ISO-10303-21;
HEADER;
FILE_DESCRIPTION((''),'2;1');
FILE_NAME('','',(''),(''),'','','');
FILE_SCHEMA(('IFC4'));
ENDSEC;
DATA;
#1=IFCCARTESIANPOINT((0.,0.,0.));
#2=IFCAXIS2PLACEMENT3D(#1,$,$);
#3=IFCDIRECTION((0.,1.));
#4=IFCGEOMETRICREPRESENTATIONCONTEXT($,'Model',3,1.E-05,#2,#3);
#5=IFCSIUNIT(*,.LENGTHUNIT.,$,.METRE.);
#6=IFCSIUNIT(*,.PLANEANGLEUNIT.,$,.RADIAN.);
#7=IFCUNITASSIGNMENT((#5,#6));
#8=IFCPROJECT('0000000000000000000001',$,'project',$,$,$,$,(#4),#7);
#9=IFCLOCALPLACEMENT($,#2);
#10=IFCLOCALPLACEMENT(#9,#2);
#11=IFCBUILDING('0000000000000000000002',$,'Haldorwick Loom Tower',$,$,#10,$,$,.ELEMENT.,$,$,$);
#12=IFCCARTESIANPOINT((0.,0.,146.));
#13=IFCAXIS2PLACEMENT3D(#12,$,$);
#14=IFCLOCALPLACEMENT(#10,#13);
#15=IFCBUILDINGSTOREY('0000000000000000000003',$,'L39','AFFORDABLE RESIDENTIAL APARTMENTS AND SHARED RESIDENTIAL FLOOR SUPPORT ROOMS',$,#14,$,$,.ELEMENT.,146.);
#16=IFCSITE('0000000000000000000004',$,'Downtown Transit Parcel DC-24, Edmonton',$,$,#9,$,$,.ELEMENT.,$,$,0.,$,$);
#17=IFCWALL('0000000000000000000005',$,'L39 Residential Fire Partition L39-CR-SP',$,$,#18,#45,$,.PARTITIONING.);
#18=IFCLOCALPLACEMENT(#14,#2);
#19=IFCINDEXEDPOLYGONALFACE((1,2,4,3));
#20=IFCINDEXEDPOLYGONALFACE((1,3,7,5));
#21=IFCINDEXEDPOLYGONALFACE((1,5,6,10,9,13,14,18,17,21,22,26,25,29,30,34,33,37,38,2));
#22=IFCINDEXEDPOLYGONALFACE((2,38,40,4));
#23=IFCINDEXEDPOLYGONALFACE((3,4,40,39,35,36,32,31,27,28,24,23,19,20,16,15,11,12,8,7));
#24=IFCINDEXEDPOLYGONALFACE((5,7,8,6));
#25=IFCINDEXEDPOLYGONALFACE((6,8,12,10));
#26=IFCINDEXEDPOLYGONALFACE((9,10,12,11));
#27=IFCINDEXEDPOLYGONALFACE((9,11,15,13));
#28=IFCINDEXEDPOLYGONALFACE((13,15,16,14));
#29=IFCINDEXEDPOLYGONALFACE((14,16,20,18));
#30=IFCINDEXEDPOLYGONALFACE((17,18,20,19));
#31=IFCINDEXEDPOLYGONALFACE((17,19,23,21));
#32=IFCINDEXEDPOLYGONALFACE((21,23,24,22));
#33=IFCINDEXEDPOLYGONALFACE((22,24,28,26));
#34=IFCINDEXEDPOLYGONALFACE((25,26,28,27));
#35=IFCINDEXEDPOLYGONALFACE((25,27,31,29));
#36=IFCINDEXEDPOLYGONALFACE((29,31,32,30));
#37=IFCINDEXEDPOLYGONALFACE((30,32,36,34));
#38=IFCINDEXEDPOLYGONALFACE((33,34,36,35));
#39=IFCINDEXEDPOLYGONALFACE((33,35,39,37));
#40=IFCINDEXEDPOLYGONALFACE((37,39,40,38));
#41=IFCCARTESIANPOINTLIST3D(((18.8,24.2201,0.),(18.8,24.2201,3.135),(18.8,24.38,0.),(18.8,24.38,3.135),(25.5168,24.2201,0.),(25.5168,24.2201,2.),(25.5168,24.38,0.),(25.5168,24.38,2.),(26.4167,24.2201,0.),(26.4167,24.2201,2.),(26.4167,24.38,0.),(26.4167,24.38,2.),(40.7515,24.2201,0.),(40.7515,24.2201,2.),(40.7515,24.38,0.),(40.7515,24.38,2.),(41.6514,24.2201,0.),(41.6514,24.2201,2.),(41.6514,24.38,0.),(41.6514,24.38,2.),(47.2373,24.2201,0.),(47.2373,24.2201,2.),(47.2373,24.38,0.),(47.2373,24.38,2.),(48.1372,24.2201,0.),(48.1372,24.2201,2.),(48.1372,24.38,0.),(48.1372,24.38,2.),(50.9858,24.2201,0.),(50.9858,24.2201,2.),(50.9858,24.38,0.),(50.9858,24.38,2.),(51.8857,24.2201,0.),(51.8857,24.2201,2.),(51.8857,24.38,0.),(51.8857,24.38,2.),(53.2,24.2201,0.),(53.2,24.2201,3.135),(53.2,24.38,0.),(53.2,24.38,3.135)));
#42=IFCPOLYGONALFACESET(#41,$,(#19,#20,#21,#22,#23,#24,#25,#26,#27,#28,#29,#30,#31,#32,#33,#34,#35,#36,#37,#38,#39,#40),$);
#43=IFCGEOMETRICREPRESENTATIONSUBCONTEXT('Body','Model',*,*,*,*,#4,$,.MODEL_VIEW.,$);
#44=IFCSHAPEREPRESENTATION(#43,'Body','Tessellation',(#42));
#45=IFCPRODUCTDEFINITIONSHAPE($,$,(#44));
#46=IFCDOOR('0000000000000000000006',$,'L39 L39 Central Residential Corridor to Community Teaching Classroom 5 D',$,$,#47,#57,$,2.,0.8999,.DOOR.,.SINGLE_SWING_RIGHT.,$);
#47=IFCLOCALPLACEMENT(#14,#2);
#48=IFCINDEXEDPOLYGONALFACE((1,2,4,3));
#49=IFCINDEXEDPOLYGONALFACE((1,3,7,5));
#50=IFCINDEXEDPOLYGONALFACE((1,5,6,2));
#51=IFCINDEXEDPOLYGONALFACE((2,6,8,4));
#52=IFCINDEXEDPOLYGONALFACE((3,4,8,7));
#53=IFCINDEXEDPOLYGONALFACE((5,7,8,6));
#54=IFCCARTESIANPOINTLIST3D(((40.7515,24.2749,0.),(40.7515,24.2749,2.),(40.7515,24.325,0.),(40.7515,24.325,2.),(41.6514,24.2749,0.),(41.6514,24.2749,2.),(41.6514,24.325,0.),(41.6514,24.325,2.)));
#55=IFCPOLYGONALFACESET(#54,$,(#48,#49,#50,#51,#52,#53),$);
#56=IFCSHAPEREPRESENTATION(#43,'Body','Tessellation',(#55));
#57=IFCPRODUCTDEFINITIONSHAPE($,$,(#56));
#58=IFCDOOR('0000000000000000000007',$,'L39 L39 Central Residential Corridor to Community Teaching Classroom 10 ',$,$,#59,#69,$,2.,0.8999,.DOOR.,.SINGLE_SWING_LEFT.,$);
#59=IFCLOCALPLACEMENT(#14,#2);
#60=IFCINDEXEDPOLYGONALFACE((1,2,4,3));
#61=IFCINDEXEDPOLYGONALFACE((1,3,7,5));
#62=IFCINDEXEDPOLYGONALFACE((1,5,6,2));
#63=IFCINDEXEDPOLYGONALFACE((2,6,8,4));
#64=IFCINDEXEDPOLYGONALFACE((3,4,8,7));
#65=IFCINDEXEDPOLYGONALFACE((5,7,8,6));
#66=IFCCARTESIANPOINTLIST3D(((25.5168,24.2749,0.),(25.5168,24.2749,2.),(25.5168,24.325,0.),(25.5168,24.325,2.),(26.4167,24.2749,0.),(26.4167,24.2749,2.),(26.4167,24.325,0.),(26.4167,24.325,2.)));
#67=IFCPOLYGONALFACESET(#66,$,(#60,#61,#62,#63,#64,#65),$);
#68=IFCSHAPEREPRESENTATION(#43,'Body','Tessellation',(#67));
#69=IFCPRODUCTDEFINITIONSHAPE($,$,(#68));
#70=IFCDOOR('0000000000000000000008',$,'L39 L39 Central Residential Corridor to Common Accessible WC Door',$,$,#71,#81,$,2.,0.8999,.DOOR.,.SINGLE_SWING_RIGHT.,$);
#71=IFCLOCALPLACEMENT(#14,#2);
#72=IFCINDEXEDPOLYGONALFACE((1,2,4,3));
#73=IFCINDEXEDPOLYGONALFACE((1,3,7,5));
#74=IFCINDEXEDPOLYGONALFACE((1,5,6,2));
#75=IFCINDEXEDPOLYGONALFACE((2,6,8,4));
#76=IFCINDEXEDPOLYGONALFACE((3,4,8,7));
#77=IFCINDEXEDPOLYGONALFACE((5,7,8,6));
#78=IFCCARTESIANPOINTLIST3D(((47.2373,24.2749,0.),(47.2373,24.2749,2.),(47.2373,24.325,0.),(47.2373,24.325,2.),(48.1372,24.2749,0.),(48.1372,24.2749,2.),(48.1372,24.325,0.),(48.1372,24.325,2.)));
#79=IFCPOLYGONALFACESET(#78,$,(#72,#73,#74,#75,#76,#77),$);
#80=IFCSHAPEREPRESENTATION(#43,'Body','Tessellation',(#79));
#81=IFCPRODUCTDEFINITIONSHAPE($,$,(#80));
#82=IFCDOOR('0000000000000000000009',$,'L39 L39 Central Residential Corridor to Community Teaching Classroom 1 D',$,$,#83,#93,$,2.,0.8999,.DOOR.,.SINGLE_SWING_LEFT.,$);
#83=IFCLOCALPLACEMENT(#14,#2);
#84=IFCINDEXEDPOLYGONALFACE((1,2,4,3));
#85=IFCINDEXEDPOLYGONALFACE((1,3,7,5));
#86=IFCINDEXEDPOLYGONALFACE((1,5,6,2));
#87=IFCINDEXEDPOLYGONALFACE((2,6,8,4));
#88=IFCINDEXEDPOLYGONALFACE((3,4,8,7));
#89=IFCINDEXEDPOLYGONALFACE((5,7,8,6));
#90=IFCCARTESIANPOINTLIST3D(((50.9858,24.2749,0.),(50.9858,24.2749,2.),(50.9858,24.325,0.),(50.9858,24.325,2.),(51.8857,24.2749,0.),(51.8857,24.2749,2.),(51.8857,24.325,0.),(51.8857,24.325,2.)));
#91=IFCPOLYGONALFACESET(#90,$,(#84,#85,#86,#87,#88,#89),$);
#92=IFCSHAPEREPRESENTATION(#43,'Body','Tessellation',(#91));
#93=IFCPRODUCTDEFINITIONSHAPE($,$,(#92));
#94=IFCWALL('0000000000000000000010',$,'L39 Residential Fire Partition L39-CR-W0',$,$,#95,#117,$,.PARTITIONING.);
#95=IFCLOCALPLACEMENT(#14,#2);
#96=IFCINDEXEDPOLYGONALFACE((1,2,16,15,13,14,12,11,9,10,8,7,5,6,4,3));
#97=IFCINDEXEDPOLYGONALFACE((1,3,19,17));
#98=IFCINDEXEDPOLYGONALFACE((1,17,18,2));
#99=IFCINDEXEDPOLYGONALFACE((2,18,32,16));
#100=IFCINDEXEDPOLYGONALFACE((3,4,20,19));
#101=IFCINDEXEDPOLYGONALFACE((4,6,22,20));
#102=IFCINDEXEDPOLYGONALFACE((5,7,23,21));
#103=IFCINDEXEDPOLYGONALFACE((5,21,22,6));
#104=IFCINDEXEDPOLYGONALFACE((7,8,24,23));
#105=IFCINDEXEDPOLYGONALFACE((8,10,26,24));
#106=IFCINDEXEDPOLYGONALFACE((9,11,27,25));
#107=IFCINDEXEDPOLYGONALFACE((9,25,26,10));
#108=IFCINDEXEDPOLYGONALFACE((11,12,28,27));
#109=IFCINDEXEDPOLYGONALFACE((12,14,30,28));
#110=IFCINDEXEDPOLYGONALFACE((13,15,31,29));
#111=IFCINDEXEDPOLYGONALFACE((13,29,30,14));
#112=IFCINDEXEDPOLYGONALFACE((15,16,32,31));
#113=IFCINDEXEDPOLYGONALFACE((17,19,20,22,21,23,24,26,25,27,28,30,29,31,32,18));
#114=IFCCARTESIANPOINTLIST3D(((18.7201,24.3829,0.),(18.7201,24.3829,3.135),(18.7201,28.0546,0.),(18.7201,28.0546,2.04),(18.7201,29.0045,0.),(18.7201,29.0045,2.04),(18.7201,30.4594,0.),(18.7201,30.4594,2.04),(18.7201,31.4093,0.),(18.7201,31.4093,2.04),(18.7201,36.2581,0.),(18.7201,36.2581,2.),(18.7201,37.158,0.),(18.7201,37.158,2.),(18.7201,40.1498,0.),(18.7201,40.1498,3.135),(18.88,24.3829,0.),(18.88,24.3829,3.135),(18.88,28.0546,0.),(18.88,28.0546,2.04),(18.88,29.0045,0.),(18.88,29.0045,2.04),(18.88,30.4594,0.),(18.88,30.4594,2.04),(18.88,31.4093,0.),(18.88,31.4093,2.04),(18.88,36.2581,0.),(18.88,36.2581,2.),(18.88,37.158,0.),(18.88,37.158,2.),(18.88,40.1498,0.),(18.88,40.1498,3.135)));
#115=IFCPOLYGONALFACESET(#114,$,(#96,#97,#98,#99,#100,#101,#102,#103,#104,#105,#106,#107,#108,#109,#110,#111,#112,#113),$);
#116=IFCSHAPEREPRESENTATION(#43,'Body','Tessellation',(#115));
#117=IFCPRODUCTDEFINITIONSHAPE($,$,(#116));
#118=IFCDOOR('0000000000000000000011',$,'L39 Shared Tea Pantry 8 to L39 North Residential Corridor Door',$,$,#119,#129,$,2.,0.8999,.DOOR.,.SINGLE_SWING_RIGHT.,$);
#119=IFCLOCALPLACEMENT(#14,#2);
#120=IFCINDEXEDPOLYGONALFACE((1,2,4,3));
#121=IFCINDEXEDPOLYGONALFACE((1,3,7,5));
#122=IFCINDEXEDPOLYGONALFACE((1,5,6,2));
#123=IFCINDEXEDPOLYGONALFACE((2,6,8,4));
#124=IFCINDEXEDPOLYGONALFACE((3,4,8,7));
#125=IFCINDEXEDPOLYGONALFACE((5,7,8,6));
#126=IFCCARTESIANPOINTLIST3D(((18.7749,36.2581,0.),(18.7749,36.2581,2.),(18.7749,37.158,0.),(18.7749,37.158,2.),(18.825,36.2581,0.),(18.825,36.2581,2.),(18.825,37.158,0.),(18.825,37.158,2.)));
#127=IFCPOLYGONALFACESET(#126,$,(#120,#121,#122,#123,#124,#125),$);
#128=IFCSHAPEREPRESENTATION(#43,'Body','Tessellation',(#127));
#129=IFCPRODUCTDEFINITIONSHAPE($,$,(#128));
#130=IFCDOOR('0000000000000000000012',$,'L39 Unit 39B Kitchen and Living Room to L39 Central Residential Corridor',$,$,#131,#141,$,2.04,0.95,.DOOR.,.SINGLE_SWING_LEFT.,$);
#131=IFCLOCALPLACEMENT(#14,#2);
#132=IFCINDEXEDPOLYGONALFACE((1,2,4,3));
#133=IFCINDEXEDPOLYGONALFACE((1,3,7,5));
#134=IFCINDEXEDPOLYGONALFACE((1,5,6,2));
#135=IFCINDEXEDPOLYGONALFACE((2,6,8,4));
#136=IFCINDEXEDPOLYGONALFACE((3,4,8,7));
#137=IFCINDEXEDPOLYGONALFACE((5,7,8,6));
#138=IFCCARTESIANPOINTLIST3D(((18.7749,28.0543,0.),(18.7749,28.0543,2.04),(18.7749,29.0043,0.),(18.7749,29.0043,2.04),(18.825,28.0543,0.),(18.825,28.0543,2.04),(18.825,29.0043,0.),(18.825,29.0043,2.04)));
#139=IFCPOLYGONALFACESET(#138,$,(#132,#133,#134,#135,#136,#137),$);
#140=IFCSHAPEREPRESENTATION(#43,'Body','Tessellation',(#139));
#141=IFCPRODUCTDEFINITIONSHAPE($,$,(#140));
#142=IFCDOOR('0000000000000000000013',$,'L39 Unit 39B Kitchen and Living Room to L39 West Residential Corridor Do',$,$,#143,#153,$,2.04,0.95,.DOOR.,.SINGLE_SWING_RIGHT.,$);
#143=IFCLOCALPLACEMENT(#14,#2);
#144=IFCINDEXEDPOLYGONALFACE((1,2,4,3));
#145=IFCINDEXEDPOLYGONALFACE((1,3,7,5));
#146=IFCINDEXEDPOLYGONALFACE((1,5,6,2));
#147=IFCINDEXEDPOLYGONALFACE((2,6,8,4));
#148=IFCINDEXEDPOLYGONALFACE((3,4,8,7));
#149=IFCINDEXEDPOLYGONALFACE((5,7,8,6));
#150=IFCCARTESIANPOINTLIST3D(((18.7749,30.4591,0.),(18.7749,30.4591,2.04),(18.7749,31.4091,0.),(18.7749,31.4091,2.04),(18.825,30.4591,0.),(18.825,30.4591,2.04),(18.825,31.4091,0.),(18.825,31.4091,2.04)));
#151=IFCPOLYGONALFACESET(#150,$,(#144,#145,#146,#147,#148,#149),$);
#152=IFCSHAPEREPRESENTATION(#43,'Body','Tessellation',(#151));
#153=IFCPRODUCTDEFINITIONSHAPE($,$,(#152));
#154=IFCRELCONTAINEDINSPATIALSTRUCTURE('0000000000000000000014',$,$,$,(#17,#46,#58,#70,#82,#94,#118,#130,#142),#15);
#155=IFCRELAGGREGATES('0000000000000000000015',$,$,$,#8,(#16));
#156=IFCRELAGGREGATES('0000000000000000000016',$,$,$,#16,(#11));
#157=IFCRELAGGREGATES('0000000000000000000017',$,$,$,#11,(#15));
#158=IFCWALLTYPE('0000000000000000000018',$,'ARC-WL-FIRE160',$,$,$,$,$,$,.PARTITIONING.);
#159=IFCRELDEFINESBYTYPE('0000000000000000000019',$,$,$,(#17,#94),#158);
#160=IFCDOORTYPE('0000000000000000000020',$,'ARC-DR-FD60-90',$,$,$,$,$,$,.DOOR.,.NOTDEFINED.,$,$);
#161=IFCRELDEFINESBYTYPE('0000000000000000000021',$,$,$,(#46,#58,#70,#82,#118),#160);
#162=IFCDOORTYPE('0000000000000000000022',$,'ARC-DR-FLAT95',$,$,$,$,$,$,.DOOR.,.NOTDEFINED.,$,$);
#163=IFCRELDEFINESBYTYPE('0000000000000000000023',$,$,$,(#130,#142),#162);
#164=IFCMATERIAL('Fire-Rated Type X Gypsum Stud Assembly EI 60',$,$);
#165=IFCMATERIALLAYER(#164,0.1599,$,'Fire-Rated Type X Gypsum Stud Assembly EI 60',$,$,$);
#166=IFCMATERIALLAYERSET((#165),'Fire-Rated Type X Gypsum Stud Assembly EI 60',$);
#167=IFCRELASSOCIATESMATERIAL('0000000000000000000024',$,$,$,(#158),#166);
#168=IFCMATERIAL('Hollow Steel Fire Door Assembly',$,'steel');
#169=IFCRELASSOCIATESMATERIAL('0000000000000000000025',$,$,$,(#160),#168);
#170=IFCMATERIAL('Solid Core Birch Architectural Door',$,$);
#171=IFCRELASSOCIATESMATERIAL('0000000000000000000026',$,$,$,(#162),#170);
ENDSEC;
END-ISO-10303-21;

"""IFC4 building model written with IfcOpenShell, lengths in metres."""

from ifc_helpers import new_model, si_unit, direction, frame, frame_2d, origin, place, context, subcontext, project, spatial, rectangle, extrude, material, layer, layer_set, type_object, element, fill, save


model = new_model("IFC4")

# Units and contexts
model_context = context("Model", 3, precision=1e-05, world=origin(), true_north=direction((0.0, 1.0)))
body_context = subcontext(model_context, "Body", "Model", "MODEL_VIEW")
ifc_project = project(units=[si_unit("LENGTHUNIT", "METRE"), si_unit("PLANEANGLEUNIT", "RADIAN")], contexts=[model_context])

# Site, building, storey
site_placement = place(None, origin())
site = spatial("IfcSite", under=ifc_project, at=site_placement, Name="Downtown Transit Parcel DC-24, Edmonton", CompositionType="ELEMENT", RefElevation=0.0)
building_placement = place(site_placement, origin())
building = spatial("IfcBuilding", under=site, at=building_placement, Name="Haldorwick Loom Tower", CompositionType="ELEMENT")
storey_placement = place(building_placement, frame((0.0, 0.0, 146.0)))
storey = spatial("IfcBuildingStorey", under=building, at=storey_placement, Name="L39", Description="AFFORDABLE RESIDENTIAL APARTMENTS AND SHARED RESIDENTIAL FLOOR SUPPORT ROOMS", CompositionType="ELEMENT", Elevation=146.0)

# Walls, openings, doors
ifc_material_1 = material(Name="Fire-Rated Type X Gypsum Stud Assembly EI 60")
ifc_layer_1 = layer(ifc_material_1, 0.1599, Name="Fire-Rated Type X Gypsum Stud Assembly EI 60")
ifc_layer_set_1 = layer_set([ifc_layer_1], Name="Fire-Rated Type X Gypsum Stud Assembly EI 60")
wall_type_1 = type_object("IfcWallType", Name="ARC-WL-FIRE160", PredefinedType="PARTITIONING", material=ifc_layer_set_1)
wall_1_placement = place(storey_placement, frame((18.8, 24.3, 0.0), z_axis=(0.0, 0.0, 1.0), x_axis=(1.0, 0.0, 0.0)))
wall_1 = element("IfcWall", 1, at=wall_1_placement, inside=storey, type_object=wall_type_1, Name="L39 Residential Fire Partition L39-CR-SP", PredefinedType="PARTITIONING", context=body_context, shape_type="SweptSolid", body=[
    extrude(rectangle(XDim=34.3999, YDim=0.1599, at=frame_2d((17.2, 0.0))), origin(), (0.0, 0.0, 1.0), 3.135),
])
opening_1_placement = place(wall_1_placement, frame((21.9514, 0.0, 0.0)))
opening_1 = element("IfcOpeningElement", 2, at=opening_1_placement, cuts=wall_1, PredefinedType="OPENING", context=body_context, shape_type="SweptSolid", body=[
    extrude(rectangle(XDim=0.8999, YDim=2.0, at=frame_2d((0.45, 1.0))), frame((0.0, 0.0898, 0.0), z_axis=(0.0, -1.0, 0.0), x_axis=(1.0, 0.0, 0.0)), (0.0, 0.0, 1.0), 0.1799),
])
opening_2_placement = place(wall_1_placement, frame((6.7168, 0.0, 0.0)))
opening_2 = element("IfcOpeningElement", 3, at=opening_2_placement, cuts=wall_1, PredefinedType="OPENING", context=body_context, shape_type="SweptSolid", body=[
    extrude(rectangle(XDim=0.8999, YDim=2.0, at=frame_2d((0.45, 1.0))), frame((0.0, 0.0898, 0.0), z_axis=(0.0, -1.0, 0.0), x_axis=(1.0, 0.0, 0.0)), (0.0, 0.0, 1.0), 0.1799),
])
opening_3_placement = place(wall_1_placement, frame((28.4373, 0.0, 0.0)))
opening_3 = element("IfcOpeningElement", 4, at=opening_3_placement, cuts=wall_1, PredefinedType="OPENING", context=body_context, shape_type="SweptSolid", body=[
    extrude(rectangle(XDim=0.8999, YDim=2.0, at=frame_2d((0.45, 1.0))), frame((0.0, 0.0898, 0.0), z_axis=(0.0, -1.0, 0.0), x_axis=(1.0, 0.0, 0.0)), (0.0, 0.0, 1.0), 0.1799),
])
opening_4_placement = place(wall_1_placement, frame((32.1858, 0.0, 0.0)))
opening_4 = element("IfcOpeningElement", 5, at=opening_4_placement, cuts=wall_1, PredefinedType="OPENING", context=body_context, shape_type="SweptSolid", body=[
    extrude(rectangle(XDim=0.8999, YDim=2.0, at=frame_2d((0.45, 1.0))), frame((0.0, 0.0898, 0.0), z_axis=(0.0, -1.0, 0.0), x_axis=(1.0, 0.0, 0.0)), (0.0, 0.0, 1.0), 0.1799),
])
ifc_material_2 = material(Name="Hollow Steel Fire Door Assembly", Category="steel")
door_type_1 = type_object("IfcDoorType", Name="ARC-DR-FD60-90", OperationType="NOTDEFINED", PredefinedType="DOOR", material=ifc_material_2)
door_1_placement = place(opening_1_placement, origin())
door_1 = element("IfcDoor", 6, at=door_1_placement, inside=storey, type_object=door_type_1, Name="L39 L39 Central Residential Corridor to Community Teaching Classroom 5 D", OperationType="SINGLE_SWING_RIGHT", OverallHeight=2.0, OverallWidth=0.8999, PredefinedType="DOOR", context=body_context, shape_type="SweptSolid", body=[
    extrude(rectangle(XDim=0.8999, YDim=2.0, at=frame_2d((0.45, 1.0))), frame((0.0, 0.0249, 0.0), z_axis=(0.0, -1.0, 0.0), x_axis=(1.0, 0.0, 0.0)), (0.0, 0.0, 1.0), 0.05),
])
fill(opening_1, door_1)
door_2_placement = place(opening_2_placement, origin())
door_2 = element("IfcDoor", 7, at=door_2_placement, inside=storey, type_object=door_type_1, Name="L39 L39 Central Residential Corridor to Community Teaching Classroom 10 ", OperationType="SINGLE_SWING_LEFT", OverallHeight=2.0, OverallWidth=0.8999, PredefinedType="DOOR", context=body_context, shape_type="SweptSolid", body=[
    extrude(rectangle(XDim=0.8999, YDim=2.0, at=frame_2d((0.45, 1.0))), frame((0.0, 0.0249, 0.0), z_axis=(0.0, -1.0, 0.0), x_axis=(1.0, 0.0, 0.0)), (0.0, 0.0, 1.0), 0.05),
])
fill(opening_2, door_2)
door_3_placement = place(opening_3_placement, origin())
door_3 = element("IfcDoor", 8, at=door_3_placement, inside=storey, type_object=door_type_1, Name="L39 L39 Central Residential Corridor to Common Accessible WC Door", OperationType="SINGLE_SWING_RIGHT", OverallHeight=2.0, OverallWidth=0.8999, PredefinedType="DOOR", context=body_context, shape_type="SweptSolid", body=[
    extrude(rectangle(XDim=0.8999, YDim=2.0, at=frame_2d((0.45, 1.0))), frame((0.0, 0.0249, 0.0), z_axis=(0.0, -1.0, 0.0), x_axis=(1.0, 0.0, 0.0)), (0.0, 0.0, 1.0), 0.05),
])
fill(opening_3, door_3)
door_4_placement = place(opening_4_placement, origin())
door_4 = element("IfcDoor", 9, at=door_4_placement, inside=storey, type_object=door_type_1, Name="L39 L39 Central Residential Corridor to Community Teaching Classroom 1 D", OperationType="SINGLE_SWING_LEFT", OverallHeight=2.0, OverallWidth=0.8999, PredefinedType="DOOR", context=body_context, shape_type="SweptSolid", body=[
    extrude(rectangle(XDim=0.8999, YDim=2.0, at=frame_2d((0.45, 1.0))), frame((0.0, 0.0249, 0.0), z_axis=(0.0, -1.0, 0.0), x_axis=(1.0, 0.0, 0.0)), (0.0, 0.0, 1.0), 0.05),
])
fill(opening_4, door_4)
wall_2_placement = place(storey_placement, frame((18.8, 24.3831, 0.0), z_axis=(0.0, 0.0, 1.0), x_axis=(0.0, 1.0, 0.0)))
wall_2 = element("IfcWall", 10, at=wall_2_placement, inside=storey, type_object=wall_type_1, Name="L39 Residential Fire Partition L39-CR-W0", PredefinedType="PARTITIONING", context=body_context, shape_type="SweptSolid", body=[
    extrude(rectangle(XDim=15.7668, YDim=0.1599, at=frame_2d((7.8833, 0.0))), origin(), (0.0, 0.0, 1.0), 3.135),
])
opening_5_placement = place(wall_2_placement, frame((11.875, 0.0, 0.0)))
opening_5 = element("IfcOpeningElement", 11, at=opening_5_placement, cuts=wall_2, PredefinedType="OPENING", context=body_context, shape_type="SweptSolid", body=[
    extrude(rectangle(XDim=0.8999, YDim=2.0, at=frame_2d((0.45, 1.0))), frame((0.0, 0.0898, 0.0), z_axis=(0.0, -1.0, 0.0), x_axis=(1.0, 0.0, 0.0)), (0.0, 0.0, 1.0), 0.1799),
])
opening_6_placement = place(wall_2_placement, frame((3.6714, 0.0, 0.0)))
opening_6 = element("IfcOpeningElement", 12, at=opening_6_placement, cuts=wall_2, PredefinedType="OPENING", context=body_context, shape_type="SweptSolid", body=[
    extrude(rectangle(XDim=0.95, YDim=2.04, at=frame_2d((0.4751, 1.02))), frame((0.0, 0.0898, 0.0), z_axis=(0.0, -1.0, 0.0), x_axis=(1.0, 0.0, 0.0)), (0.0, 0.0, 1.0), 0.1799),
])
opening_7_placement = place(wall_2_placement, frame((6.0762, 0.0, 0.0)))
opening_7 = element("IfcOpeningElement", 13, at=opening_7_placement, cuts=wall_2, PredefinedType="OPENING", context=body_context, shape_type="SweptSolid", body=[
    extrude(rectangle(XDim=0.95, YDim=2.04, at=frame_2d((0.4751, 1.02))), frame((0.0, 0.0898, 0.0), z_axis=(0.0, -1.0, 0.0), x_axis=(1.0, 0.0, 0.0)), (0.0, 0.0, 1.0), 0.1799),
])
door_5_placement = place(opening_5_placement, frame((0.8999, 0.0, 0.0), z_axis=(0.0, 0.0, 1.0), x_axis=(-1.0, 0.0, 0.0)))
door_5 = element("IfcDoor", 14, at=door_5_placement, inside=storey, type_object=door_type_1, Name="L39 Shared Tea Pantry 8 to L39 North Residential Corridor Door", OperationType="SINGLE_SWING_RIGHT", OverallHeight=2.0, OverallWidth=0.8999, PredefinedType="DOOR", context=body_context, shape_type="SweptSolid", body=[
    extrude(rectangle(XDim=0.8999, YDim=2.0, at=frame_2d((0.45, 1.0))), frame((0.0, 0.0249, 0.0), z_axis=(0.0, -1.0, 0.0), x_axis=(1.0, 0.0, 0.0)), (0.0, 0.0, 1.0), 0.05),
])
fill(opening_5, door_5)
ifc_material_3 = material(Name="Solid Core Birch Architectural Door")
door_type_2 = type_object("IfcDoorType", Name="ARC-DR-FLAT95", OperationType="NOTDEFINED", PredefinedType="DOOR", material=ifc_material_3)
door_6_placement = place(opening_6_placement, frame((0.95, 0.0, 0.0), z_axis=(0.0, 0.0, 1.0), x_axis=(-1.0, 0.0, 0.0)))
door_6 = element("IfcDoor", 15, at=door_6_placement, inside=storey, type_object=door_type_2, Name="L39 Unit 39B Kitchen and Living Room to L39 Central Residential Corridor", OperationType="SINGLE_SWING_LEFT", OverallHeight=2.04, OverallWidth=0.95, PredefinedType="DOOR", context=body_context, shape_type="SweptSolid", body=[
    extrude(rectangle(XDim=0.95, YDim=2.04, at=frame_2d((0.4751, 1.02))), frame((0.0, 0.0249, 0.0), z_axis=(0.0, -1.0, 0.0), x_axis=(1.0, 0.0, 0.0)), (0.0, 0.0, 1.0), 0.05),
])
fill(opening_6, door_6)
door_7_placement = place(opening_7_placement, frame((0.95, 0.0, 0.0), z_axis=(0.0, 0.0, 1.0), x_axis=(-1.0, 0.0, 0.0)))
door_7 = element("IfcDoor", 16, at=door_7_placement, inside=storey, type_object=door_type_2, Name="L39 Unit 39B Kitchen and Living Room to L39 West Residential Corridor Do", OperationType="SINGLE_SWING_RIGHT", OverallHeight=2.04, OverallWidth=0.95, PredefinedType="DOOR", context=body_context, shape_type="SweptSolid", body=[
    extrude(rectangle(XDim=0.95, YDim=2.04, at=frame_2d((0.4751, 1.02))), frame((0.0, 0.0249, 0.0), z_axis=(0.0, -1.0, 0.0), x_axis=(1.0, 0.0, 0.0)), (0.0, 0.0, 1.0), 0.05),
])
fill(opening_7, door_7)

save(model, "model.ifc")
